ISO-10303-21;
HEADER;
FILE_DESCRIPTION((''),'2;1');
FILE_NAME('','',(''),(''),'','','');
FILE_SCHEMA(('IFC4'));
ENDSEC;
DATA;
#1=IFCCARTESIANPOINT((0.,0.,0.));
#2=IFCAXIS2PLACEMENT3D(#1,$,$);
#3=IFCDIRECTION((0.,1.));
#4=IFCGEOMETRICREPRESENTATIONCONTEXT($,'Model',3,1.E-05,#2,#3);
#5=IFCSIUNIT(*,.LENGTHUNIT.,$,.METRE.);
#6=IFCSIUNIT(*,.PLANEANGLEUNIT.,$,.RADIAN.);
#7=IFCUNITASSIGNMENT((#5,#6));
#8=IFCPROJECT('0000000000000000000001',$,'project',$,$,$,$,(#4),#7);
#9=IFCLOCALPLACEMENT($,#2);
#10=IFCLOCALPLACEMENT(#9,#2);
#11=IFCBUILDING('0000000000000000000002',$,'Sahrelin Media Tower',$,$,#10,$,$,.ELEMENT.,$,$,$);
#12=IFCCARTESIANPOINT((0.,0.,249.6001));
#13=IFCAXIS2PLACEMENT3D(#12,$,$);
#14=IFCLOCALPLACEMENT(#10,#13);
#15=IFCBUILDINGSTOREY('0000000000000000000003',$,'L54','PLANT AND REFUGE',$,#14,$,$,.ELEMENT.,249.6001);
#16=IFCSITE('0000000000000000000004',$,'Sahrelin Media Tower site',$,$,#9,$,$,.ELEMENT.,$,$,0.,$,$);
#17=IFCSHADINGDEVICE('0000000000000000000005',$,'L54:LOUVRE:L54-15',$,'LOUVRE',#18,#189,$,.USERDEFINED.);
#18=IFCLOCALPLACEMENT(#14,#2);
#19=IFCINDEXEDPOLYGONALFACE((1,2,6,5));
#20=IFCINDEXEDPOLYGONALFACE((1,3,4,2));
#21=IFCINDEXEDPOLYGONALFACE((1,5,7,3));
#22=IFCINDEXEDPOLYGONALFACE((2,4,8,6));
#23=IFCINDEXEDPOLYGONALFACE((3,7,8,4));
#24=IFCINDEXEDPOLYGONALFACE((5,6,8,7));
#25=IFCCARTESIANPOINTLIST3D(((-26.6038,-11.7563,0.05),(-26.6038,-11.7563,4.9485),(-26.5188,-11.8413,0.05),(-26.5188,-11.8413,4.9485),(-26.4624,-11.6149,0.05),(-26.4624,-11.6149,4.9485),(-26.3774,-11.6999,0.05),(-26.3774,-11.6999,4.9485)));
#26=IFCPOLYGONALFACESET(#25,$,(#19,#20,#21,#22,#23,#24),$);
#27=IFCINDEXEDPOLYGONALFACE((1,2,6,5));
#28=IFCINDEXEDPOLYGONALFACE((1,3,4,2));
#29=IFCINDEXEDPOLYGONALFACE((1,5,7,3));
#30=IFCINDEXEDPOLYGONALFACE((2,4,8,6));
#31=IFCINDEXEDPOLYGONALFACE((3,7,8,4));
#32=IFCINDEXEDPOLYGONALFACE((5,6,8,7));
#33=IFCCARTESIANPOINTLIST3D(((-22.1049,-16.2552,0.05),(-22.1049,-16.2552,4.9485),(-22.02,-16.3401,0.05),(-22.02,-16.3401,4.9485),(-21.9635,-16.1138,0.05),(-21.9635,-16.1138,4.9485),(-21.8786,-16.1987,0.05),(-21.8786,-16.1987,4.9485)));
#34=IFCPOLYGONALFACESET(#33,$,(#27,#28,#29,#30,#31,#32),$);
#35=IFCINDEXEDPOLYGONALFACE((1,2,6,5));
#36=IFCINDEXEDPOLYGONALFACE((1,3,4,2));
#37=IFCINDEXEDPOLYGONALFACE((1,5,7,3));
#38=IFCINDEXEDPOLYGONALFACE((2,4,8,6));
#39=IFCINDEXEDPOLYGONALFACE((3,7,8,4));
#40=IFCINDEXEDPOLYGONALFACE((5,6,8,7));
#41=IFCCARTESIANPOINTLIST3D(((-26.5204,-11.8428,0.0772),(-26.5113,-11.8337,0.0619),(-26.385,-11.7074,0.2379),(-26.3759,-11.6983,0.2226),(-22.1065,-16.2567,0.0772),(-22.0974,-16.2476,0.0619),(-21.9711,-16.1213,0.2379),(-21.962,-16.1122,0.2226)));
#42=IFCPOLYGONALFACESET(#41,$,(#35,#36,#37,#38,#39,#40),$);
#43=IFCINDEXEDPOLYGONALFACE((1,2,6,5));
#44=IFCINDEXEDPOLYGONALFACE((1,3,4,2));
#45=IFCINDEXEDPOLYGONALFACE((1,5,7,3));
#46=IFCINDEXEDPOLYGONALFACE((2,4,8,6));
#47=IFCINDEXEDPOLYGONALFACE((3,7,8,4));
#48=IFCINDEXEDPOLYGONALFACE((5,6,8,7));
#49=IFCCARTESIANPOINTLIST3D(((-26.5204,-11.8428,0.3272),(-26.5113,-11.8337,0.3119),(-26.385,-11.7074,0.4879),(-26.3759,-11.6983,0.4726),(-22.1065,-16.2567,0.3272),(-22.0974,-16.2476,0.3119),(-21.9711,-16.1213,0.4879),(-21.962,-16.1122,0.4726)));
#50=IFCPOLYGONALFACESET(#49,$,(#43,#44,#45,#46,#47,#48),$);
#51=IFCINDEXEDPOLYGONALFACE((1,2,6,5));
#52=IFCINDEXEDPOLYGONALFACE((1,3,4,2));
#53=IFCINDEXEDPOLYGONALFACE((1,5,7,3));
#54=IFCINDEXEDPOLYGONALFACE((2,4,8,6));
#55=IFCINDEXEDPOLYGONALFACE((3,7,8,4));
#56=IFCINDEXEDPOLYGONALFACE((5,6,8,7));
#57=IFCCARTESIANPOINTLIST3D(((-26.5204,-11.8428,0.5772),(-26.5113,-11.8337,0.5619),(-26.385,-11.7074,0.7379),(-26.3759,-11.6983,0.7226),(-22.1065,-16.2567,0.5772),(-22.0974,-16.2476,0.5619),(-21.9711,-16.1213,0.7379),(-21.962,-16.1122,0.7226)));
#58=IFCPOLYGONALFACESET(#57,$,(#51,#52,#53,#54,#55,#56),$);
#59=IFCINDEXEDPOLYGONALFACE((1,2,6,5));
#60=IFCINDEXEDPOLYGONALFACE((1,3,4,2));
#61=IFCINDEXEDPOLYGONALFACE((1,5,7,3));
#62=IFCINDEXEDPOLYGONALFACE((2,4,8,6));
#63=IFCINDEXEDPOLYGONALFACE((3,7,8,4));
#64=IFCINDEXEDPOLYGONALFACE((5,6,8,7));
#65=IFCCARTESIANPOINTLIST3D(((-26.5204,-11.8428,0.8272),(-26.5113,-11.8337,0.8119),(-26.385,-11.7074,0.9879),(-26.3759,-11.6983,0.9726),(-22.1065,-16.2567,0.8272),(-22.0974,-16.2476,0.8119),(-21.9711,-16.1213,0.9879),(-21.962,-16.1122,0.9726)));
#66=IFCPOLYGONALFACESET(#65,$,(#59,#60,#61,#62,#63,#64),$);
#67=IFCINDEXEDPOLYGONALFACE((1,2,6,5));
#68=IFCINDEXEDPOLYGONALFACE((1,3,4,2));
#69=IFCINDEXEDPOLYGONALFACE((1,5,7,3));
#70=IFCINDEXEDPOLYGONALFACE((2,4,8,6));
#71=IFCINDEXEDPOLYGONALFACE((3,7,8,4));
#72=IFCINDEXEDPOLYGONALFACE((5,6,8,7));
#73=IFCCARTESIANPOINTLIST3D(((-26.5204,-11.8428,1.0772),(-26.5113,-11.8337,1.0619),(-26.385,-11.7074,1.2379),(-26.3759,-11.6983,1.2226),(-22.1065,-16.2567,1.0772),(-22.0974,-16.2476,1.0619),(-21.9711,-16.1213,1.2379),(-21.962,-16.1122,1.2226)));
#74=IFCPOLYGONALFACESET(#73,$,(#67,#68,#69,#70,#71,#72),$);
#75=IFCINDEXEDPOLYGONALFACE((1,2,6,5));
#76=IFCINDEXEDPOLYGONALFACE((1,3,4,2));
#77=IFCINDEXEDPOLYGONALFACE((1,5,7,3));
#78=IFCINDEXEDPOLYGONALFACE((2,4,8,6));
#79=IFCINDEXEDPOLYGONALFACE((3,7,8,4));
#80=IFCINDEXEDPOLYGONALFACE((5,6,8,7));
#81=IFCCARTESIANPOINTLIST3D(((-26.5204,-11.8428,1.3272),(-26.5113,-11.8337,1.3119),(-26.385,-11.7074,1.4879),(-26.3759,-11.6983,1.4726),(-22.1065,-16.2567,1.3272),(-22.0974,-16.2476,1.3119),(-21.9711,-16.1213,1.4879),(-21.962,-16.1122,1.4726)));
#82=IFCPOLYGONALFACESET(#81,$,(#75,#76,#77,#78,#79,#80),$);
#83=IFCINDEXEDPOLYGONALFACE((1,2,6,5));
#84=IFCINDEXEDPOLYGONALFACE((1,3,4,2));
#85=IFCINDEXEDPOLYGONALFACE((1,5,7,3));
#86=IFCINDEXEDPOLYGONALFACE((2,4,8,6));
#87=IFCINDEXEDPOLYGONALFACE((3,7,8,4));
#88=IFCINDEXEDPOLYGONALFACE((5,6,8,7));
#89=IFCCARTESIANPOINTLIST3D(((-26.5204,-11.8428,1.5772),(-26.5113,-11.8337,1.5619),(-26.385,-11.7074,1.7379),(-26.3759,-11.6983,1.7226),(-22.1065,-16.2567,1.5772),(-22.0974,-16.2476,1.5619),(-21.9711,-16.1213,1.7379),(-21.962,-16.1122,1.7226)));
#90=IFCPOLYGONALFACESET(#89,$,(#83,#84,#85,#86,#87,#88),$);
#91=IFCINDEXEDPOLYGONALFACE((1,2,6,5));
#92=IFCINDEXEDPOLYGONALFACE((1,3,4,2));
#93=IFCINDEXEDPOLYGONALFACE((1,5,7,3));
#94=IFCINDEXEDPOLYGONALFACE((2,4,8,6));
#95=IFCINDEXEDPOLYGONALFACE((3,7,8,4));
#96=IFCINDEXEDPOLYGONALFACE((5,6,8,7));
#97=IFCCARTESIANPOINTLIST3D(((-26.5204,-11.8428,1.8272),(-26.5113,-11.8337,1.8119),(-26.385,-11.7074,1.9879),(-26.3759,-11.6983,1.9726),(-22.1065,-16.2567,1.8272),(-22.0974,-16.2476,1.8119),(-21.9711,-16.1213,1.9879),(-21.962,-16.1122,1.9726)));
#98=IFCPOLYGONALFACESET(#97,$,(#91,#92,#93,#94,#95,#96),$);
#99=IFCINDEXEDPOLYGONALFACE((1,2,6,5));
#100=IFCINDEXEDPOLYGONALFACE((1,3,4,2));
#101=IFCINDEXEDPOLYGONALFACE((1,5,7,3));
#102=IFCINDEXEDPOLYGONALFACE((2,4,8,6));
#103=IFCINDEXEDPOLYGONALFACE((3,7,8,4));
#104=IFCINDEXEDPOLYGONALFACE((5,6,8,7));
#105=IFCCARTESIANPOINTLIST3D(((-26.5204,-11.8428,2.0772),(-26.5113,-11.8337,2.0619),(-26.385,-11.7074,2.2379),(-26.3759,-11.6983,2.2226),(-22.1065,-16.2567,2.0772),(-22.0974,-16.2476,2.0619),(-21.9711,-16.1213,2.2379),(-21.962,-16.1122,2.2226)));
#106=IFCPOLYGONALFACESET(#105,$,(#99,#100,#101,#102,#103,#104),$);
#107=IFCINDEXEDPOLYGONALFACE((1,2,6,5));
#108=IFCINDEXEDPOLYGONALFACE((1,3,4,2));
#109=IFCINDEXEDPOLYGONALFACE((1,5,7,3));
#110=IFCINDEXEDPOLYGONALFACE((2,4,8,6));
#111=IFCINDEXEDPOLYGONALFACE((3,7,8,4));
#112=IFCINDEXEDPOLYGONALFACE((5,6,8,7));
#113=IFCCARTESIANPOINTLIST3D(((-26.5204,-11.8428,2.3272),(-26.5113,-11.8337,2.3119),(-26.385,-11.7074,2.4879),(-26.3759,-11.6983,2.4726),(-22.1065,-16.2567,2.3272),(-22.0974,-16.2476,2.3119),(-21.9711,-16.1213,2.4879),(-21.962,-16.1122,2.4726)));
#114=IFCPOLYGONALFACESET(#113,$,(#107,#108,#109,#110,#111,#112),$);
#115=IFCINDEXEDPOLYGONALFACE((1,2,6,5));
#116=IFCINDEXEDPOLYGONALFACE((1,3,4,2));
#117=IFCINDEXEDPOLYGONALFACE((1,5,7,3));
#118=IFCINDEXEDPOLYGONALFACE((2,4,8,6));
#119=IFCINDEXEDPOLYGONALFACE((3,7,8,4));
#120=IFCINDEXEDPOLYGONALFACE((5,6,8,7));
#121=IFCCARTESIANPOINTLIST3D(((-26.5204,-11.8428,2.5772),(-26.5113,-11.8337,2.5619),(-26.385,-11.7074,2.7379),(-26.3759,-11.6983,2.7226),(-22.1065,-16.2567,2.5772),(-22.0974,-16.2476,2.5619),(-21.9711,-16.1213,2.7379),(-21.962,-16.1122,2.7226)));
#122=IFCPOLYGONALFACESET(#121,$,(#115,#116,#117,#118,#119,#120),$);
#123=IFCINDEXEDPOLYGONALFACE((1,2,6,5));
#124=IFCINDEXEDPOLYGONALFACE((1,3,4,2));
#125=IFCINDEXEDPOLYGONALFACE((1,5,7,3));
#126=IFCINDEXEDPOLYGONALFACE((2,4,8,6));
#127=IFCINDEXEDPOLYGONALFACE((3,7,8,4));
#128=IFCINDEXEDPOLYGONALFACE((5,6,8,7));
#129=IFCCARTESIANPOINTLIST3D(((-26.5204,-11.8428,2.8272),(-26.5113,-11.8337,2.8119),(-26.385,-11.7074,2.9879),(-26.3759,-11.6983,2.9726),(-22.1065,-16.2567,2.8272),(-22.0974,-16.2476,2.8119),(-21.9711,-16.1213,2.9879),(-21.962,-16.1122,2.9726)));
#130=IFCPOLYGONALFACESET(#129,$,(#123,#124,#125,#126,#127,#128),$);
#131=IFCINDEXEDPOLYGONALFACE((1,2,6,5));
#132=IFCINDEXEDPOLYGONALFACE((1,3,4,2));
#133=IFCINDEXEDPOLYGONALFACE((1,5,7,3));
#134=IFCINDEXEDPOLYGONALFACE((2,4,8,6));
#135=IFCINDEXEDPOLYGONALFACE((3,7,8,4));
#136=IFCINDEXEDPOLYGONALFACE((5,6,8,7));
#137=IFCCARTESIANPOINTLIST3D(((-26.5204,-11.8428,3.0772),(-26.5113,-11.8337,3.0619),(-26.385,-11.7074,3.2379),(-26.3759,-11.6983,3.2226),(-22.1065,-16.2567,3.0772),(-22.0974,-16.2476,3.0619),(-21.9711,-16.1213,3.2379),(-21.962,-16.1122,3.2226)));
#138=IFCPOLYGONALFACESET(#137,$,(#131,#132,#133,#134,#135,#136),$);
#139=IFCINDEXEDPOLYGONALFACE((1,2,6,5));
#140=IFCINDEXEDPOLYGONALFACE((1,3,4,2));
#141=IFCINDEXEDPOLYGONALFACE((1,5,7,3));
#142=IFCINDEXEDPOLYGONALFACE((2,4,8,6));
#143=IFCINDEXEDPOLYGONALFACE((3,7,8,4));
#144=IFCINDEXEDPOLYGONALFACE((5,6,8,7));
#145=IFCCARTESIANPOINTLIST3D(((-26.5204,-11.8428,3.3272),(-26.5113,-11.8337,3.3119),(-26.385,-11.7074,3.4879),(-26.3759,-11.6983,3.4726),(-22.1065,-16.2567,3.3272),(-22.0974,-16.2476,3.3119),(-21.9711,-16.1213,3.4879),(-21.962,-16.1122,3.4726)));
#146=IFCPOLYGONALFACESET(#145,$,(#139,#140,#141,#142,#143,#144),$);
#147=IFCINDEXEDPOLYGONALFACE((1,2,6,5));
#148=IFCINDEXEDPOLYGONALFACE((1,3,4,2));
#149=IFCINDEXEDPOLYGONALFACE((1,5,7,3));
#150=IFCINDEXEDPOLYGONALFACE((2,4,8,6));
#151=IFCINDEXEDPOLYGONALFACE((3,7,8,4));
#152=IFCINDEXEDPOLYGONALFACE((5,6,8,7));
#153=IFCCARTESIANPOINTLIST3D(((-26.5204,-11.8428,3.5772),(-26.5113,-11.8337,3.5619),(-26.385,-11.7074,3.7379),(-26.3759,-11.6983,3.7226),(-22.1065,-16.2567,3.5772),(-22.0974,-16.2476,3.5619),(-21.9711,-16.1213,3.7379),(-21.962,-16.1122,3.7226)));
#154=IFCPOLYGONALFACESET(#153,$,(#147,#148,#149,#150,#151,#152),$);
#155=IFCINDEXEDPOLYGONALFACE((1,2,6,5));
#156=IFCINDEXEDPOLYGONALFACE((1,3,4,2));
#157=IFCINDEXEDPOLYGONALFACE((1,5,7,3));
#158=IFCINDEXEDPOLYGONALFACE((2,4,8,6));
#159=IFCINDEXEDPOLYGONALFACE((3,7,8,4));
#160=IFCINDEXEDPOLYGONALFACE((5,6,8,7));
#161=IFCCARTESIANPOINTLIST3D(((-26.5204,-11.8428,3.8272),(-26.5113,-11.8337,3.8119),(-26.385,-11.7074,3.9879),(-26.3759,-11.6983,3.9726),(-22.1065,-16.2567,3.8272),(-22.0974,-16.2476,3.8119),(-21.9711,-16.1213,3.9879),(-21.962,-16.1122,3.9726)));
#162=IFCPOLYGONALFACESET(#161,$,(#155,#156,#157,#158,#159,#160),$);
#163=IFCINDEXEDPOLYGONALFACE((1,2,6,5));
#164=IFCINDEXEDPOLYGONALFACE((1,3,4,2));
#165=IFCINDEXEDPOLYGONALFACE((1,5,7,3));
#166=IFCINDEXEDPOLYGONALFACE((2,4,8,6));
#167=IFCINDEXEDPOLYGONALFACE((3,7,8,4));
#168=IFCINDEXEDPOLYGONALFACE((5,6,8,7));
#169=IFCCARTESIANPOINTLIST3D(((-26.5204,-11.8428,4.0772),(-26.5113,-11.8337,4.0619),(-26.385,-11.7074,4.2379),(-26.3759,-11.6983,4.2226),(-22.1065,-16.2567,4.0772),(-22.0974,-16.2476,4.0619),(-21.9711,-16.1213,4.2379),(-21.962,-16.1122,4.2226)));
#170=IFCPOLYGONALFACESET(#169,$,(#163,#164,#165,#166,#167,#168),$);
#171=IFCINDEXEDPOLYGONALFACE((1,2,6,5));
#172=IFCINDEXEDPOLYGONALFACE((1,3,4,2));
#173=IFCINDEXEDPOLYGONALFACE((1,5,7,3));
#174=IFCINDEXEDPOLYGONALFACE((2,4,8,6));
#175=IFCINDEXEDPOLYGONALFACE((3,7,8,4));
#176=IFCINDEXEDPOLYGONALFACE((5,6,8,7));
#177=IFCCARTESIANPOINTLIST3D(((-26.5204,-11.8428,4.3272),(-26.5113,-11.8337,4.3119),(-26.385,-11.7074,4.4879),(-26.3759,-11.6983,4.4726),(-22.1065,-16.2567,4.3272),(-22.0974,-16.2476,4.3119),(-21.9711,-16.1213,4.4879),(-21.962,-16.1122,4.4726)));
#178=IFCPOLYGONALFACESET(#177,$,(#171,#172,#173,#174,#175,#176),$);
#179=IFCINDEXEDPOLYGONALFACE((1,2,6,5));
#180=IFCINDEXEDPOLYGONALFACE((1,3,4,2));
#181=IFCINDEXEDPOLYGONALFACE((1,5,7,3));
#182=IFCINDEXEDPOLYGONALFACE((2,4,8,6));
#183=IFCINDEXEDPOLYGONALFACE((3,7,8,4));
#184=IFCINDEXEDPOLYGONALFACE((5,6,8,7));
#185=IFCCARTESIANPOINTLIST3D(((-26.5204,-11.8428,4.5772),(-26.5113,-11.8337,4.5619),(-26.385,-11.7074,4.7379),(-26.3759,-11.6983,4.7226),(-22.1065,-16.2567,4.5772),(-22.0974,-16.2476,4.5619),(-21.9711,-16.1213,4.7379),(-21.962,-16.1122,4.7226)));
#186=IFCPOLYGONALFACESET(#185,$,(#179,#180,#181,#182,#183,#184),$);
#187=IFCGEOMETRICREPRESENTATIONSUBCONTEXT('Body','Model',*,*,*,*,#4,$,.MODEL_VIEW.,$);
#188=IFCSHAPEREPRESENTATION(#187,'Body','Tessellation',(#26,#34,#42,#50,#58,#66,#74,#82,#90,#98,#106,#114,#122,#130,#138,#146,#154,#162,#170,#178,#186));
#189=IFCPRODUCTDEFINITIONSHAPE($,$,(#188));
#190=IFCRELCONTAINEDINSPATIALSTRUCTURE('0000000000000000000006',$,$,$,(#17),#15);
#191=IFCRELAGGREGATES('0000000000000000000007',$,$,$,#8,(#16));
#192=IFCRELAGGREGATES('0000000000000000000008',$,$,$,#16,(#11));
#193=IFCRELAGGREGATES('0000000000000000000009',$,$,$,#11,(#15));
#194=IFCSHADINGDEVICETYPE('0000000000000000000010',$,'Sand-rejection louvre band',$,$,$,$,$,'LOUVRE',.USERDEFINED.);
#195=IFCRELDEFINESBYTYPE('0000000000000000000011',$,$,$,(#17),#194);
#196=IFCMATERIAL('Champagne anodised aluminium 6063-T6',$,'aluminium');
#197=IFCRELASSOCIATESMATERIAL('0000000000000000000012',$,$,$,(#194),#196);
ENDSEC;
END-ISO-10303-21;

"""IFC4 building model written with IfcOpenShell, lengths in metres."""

from ifc_helpers import new_model, si_unit, direction, frame, origin, origin_2d, place, context, subcontext, project, spatial, rectangle, extrude, material, type_object, element, save


model = new_model("IFC4")

# Units and contexts
model_context = context("Model", 3, precision=1e-05, world=origin(), true_north=direction((0.0, 1.0)))
body_context = subcontext(model_context, "Body", "Model", "MODEL_VIEW")
ifc_project = project(units=[si_unit("LENGTHUNIT", "METRE"), si_unit("PLANEANGLEUNIT", "RADIAN")], contexts=[model_context])

# Site, building, storey
site_placement = place(None, origin())
site = spatial("IfcSite", under=ifc_project, at=site_placement, Name="Sahrelin Media Tower site", CompositionType="ELEMENT", RefElevation=0.0)
building_placement = place(site_placement, origin())
building = spatial("IfcBuilding", under=site, at=building_placement, Name="Sahrelin Media Tower", CompositionType="ELEMENT")
storey_placement = place(building_placement, frame((0.0, 0.0, 249.6001)))
storey = spatial("IfcBuildingStorey", under=building, at=storey_placement, Name="L54", Description="PLANT AND REFUGE", CompositionType="ELEMENT", Elevation=249.6001)

# Shading device
ifc_material_1 = material(Name="Champagne anodised aluminium 6063-T6", Category="aluminium")
shading_device_type = type_object("IfcShadingDeviceType", Name="Sand-rejection louvre band", ElementType="LOUVRE", PredefinedType="USERDEFINED", material=ifc_material_1)
shading_device_1_placement = place(storey_placement, frame((-24.1704, -13.9067, 0.0), z_axis=(0.0, 0.0, 1.0), x_axis=(-0.707107, 0.707107, 0.0)))
element("IfcShadingDevice", 1, at=shading_device_1_placement, inside=storey, type_object=shading_device_type, Name="L54:LOUVRE:L54-15", ObjectType="LOUVRE", PredefinedType="USERDEFINED", context=body_context, shape_type="SweptSolid", body=[
    extrude(rectangle(XDim=0.1201, YDim=0.2, at=origin_2d()), frame((3.1812, 0.1001, 0.05), z_axis=(0.0, 0.0, 1.0), x_axis=(1.0, 0.0, 0.0)), (0.0, 0.0, 1.0), 4.8984),
    extrude(rectangle(XDim=0.1201, YDim=0.2, at=origin_2d()), frame((-3.1812, 0.1001, 0.05), z_axis=(0.0, 0.0, 1.0), x_axis=(1.0, 0.0, 0.0)), (0.0, 0.0, 1.0), 4.8984),
    extrude(rectangle(XDim=0.25, YDim=0.02, at=origin_2d()), frame((3.1211, 0.1001, 0.1499), z_axis=(-1.0, 0.0, 0.0), x_axis=(0.0, -0.766044, 0.642788)), (0.0, 0.0, 1.0), 6.2422),
    extrude(rectangle(XDim=0.25, YDim=0.02, at=origin_2d()), frame((3.1211, 0.1001, 0.3999), z_axis=(-1.0, 0.0, 0.0), x_axis=(0.0, -0.766044, 0.642788)), (0.0, 0.0, 1.0), 6.2422),
    extrude(rectangle(XDim=0.25, YDim=0.02, at=origin_2d()), frame((3.1211, 0.1001, 0.6499), z_axis=(-1.0, 0.0, 0.0), x_axis=(0.0, -0.766044, 0.642788)), (0.0, 0.0, 1.0), 6.2422),
    extrude(rectangle(XDim=0.25, YDim=0.02, at=origin_2d()), frame((3.1211, 0.1001, 0.8999), z_axis=(-1.0, 0.0, 0.0), x_axis=(0.0, -0.766044, 0.642788)), (0.0, 0.0, 1.0), 6.2422),
    extrude(rectangle(XDim=0.25, YDim=0.02, at=origin_2d()), frame((3.1211, 0.1001, 1.1499), z_axis=(-1.0, 0.0, 0.0), x_axis=(0.0, -0.766044, 0.642788)), (0.0, 0.0, 1.0), 6.2422),
    extrude(rectangle(XDim=0.25, YDim=0.02, at=origin_2d()), frame((3.1211, 0.1001, 1.3999), z_axis=(-1.0, 0.0, 0.0), x_axis=(0.0, -0.766044, 0.642788)), (0.0, 0.0, 1.0), 6.2422),
    extrude(rectangle(XDim=0.25, YDim=0.02, at=origin_2d()), frame((3.1211, 0.1001, 1.6499), z_axis=(-1.0, 0.0, 0.0), x_axis=(0.0, -0.766044, 0.642788)), (0.0, 0.0, 1.0), 6.2422),
    extrude(rectangle(XDim=0.25, YDim=0.02, at=origin_2d()), frame((3.1211, 0.1001, 1.8999), z_axis=(-1.0, 0.0, 0.0), x_axis=(0.0, -0.766044, 0.642788)), (0.0, 0.0, 1.0), 6.2422),
    extrude(rectangle(XDim=0.25, YDim=0.02, at=origin_2d()), frame((3.1211, 0.1001, 2.1499), z_axis=(-1.0, 0.0, 0.0), x_axis=(0.0, -0.766044, 0.642788)), (0.0, 0.0, 1.0), 6.2422),
    extrude(rectangle(XDim=0.25, YDim=0.02, at=origin_2d()), frame((3.1211, 0.1001, 2.3999), z_axis=(-1.0, 0.0, 0.0), x_axis=(0.0, -0.766044, 0.642788)), (0.0, 0.0, 1.0), 6.2422),
    extrude(rectangle(XDim=0.25, YDim=0.02, at=origin_2d()), frame((3.1211, 0.1001, 2.6499), z_axis=(-1.0, 0.0, 0.0), x_axis=(0.0, -0.766044, 0.642788)), (0.0, 0.0, 1.0), 6.2422),
    extrude(rectangle(XDim=0.25, YDim=0.02, at=origin_2d()), frame((3.1211, 0.1001, 2.8999), z_axis=(-1.0, 0.0, 0.0), x_axis=(0.0, -0.766044, 0.642788)), (0.0, 0.0, 1.0), 6.2422),
    extrude(rectangle(XDim=0.25, YDim=0.02, at=origin_2d()), frame((3.1211, 0.1001, 3.1499), z_axis=(-1.0, 0.0, 0.0), x_axis=(0.0, -0.766044, 0.642788)), (0.0, 0.0, 1.0), 6.2422),
    extrude(rectangle(XDim=0.25, YDim=0.02, at=origin_2d()), frame((3.1211, 0.1001, 3.3999), z_axis=(-1.0, 0.0, 0.0), x_axis=(0.0, -0.766044, 0.642788)), (0.0, 0.0, 1.0), 6.2422),
    extrude(rectangle(XDim=0.25, YDim=0.02, at=origin_2d()), frame((3.1211, 0.1001, 3.6499), z_axis=(-1.0, 0.0, 0.0), x_axis=(0.0, -0.766044, 0.642788)), (0.0, 0.0, 1.0), 6.2422),
    extrude(rectangle(XDim=0.25, YDim=0.02, at=origin_2d()), frame((3.1211, 0.1001, 3.8999), z_axis=(-1.0, 0.0, 0.0), x_axis=(0.0, -0.766044, 0.642788)), (0.0, 0.0, 1.0), 6.2422),
    extrude(rectangle(XDim=0.25, YDim=0.02, at=origin_2d()), frame((3.1211, 0.1001, 4.1499), z_axis=(-1.0, 0.0, 0.0), x_axis=(0.0, -0.766044, 0.642788)), (0.0, 0.0, 1.0), 6.2422),
    extrude(rectangle(XDim=0.25, YDim=0.02, at=origin_2d()), frame((3.1211, 0.1001, 4.3999), z_axis=(-1.0, 0.0, 0.0), x_axis=(0.0, -0.766044, 0.642788)), (0.0, 0.0, 1.0), 6.2422),
    extrude(rectangle(XDim=0.25, YDim=0.02, at=origin_2d()), frame((3.1211, 0.1001, 4.6499), z_axis=(-1.0, 0.0, 0.0), x_axis=(0.0, -0.766044, 0.642788)), (0.0, 0.0, 1.0), 6.2422),
])

save(model, "model.ifc")
